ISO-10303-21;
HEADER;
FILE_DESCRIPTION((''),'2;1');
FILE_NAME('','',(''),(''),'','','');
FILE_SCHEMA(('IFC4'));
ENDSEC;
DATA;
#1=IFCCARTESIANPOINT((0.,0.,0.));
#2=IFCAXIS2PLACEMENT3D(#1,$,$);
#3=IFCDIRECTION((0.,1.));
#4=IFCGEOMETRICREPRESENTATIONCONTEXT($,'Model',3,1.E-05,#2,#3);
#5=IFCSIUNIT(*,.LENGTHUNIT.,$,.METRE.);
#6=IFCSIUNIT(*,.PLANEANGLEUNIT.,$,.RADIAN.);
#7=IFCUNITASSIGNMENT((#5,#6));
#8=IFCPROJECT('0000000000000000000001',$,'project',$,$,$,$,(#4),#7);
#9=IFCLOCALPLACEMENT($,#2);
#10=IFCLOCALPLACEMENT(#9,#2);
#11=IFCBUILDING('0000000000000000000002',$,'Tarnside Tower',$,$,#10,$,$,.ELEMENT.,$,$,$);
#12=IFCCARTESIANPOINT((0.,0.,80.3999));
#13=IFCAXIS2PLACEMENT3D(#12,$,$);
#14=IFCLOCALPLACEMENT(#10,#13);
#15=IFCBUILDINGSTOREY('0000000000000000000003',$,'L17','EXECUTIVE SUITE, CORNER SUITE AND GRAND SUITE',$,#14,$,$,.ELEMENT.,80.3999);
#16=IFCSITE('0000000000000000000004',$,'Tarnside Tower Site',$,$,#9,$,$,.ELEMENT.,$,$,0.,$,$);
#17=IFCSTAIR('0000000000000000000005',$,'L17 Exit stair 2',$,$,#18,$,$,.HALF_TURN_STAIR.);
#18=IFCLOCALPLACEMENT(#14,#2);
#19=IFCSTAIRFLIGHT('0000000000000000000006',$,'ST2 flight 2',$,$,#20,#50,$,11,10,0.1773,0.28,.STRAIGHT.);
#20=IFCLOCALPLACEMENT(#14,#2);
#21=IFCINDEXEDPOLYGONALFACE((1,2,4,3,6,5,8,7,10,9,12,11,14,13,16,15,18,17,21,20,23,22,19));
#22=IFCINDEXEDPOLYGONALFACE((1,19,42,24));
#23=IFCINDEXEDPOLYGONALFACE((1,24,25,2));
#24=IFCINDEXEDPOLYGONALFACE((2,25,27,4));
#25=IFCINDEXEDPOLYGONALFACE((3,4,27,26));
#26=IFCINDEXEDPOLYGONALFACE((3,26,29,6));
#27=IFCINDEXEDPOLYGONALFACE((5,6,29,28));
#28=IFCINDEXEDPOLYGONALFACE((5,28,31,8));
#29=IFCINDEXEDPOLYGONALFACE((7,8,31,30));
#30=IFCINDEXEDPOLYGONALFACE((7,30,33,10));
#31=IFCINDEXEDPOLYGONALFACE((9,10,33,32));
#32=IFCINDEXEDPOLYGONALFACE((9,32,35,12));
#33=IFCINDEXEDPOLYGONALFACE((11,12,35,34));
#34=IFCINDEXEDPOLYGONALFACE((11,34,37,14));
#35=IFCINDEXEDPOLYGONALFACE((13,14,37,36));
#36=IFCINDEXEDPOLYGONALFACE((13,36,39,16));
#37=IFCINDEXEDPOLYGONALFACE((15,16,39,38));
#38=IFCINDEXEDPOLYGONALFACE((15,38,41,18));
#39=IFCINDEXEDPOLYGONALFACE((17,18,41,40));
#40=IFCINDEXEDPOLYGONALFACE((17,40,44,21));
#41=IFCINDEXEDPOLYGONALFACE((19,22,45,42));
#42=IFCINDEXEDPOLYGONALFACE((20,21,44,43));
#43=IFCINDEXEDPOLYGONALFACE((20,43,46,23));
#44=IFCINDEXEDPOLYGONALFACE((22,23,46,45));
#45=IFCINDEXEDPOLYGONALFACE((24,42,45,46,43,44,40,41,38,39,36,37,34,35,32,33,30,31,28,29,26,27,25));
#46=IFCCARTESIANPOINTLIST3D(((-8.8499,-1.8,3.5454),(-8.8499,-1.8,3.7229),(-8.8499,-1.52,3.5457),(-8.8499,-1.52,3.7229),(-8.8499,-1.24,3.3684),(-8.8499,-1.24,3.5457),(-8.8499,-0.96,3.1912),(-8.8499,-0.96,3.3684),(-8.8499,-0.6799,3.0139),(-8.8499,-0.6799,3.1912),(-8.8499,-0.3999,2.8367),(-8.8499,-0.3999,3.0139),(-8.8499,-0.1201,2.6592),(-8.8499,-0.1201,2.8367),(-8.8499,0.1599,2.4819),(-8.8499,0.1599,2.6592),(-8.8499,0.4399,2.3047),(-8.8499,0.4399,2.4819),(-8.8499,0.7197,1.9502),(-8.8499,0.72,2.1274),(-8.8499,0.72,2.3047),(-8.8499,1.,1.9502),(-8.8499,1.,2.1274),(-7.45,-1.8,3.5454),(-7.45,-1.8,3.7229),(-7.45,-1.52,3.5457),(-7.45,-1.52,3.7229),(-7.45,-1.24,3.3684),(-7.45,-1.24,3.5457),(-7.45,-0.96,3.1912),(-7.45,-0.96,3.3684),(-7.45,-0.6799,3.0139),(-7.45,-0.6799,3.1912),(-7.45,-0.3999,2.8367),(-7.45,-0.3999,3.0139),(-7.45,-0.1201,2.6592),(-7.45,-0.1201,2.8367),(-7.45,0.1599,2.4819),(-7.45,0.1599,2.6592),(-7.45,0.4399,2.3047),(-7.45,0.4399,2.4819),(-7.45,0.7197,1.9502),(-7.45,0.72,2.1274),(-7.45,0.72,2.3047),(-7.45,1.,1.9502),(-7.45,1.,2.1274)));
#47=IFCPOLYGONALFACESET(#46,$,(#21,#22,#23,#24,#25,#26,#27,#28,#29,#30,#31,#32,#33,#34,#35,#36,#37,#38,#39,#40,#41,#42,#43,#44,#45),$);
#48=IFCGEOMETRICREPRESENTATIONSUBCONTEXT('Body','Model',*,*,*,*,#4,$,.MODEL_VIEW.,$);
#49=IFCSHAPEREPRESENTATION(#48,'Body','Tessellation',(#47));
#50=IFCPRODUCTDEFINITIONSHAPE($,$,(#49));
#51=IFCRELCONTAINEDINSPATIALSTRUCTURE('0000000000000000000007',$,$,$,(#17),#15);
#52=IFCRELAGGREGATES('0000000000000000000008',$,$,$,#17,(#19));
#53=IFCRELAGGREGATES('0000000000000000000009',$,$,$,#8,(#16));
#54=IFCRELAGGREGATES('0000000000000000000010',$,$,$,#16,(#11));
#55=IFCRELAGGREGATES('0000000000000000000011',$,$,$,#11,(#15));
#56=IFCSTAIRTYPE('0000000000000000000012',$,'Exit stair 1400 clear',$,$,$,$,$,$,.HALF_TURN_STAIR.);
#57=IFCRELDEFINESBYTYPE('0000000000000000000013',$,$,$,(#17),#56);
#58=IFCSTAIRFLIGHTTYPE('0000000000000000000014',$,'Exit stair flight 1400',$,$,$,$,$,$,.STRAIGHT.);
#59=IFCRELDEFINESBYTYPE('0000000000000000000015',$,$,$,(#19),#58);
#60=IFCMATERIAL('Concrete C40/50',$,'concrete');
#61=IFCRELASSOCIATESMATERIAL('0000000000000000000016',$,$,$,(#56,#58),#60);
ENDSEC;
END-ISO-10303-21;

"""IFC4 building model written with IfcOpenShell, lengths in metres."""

from ifc_helpers import new_model, si_unit, direction, frame, origin, place, context, subcontext, project, spatial, polyline, outline, extrude, material, type_object, element, aggregate, save


model = new_model("IFC4")

# Units and contexts
model_context = context("Model", 3, precision=1e-05, world=origin(), true_north=direction((0.0, 1.0)))
body_context = subcontext(model_context, "Body", "Model", "MODEL_VIEW")
ifc_project = project(units=[si_unit("LENGTHUNIT", "METRE"), si_unit("PLANEANGLEUNIT", "RADIAN")], contexts=[model_context])

# Site, building, storey
site_placement = place(None, origin())
site = spatial("IfcSite", under=ifc_project, at=site_placement, Name="Tarnside Tower Site", CompositionType="ELEMENT", RefElevation=0.0)
building_placement = place(site_placement, origin())
building = spatial("IfcBuilding", under=site, at=building_placement, Name="Tarnside Tower", CompositionType="ELEMENT")
storey_placement = place(building_placement, frame((0.0, 0.0, 80.3999)))
storey = spatial("IfcBuildingStorey", under=building, at=storey_placement, Name="L17", Description="EXECUTIVE SUITE, CORNER SUITE AND GRAND SUITE", CompositionType="ELEMENT", Elevation=80.3999)

# Shared definitions
ifc_material_1 = material(Name="Concrete C40/50", Category="concrete")

# Stair, stair flight
stair_type = type_object("IfcStairType", Name="Exit stair 1400 clear", PredefinedType="HALF_TURN_STAIR", material=ifc_material_1)
stair_placement = place(storey_placement, origin())
stair = element("IfcStair", 1, at=stair_placement, inside=storey, type_object=stair_type, Name="L17 Exit stair 2", PredefinedType="HALF_TURN_STAIR")
stair_flight_type = type_object("IfcStairFlightType", Name="Exit stair flight 1400", PredefinedType="STRAIGHT", material=ifc_material_1)
stair_flight_placement = place(storey_placement, frame((-8.1499, 1.0, 1.9502), z_axis=(0.0, 0.0, 1.0), x_axis=(0.0, -1.0, 0.0)))
stair_flight = element("IfcStairFlight", 2, at=stair_flight_placement, type_object=stair_flight_type, Name="ST2 flight 2", NumberOfRisers=11, NumberOfTreads=10, PredefinedType="STRAIGHT", RiserHeight=0.1773, TreadLength=0.28, context=body_context, shape_type="SweptSolid", body=[
    extrude(outline(polyline([(0.0, 0.0), (0.0, 0.1772), (0.28, 0.1772), (0.28, 0.3545), (0.5601, 0.3545), (0.5601, 0.5317), (0.8401, 0.5317), (0.8401, 0.709), (1.1201, 0.709), (1.1201, 0.8865), (1.3999, 0.8865), (1.3999, 1.0637), (1.6799, 1.0637), (1.6799, 1.241), (1.96, 1.241), (1.96, 1.4182), (2.24, 1.4182), (2.24, 1.5955), (2.52, 1.5955), (2.52, 1.7727), (2.8, 1.7727), (2.8, 1.95), (2.8, 1.5952), (0.2803, 0.0), (0.0, 0.0)])), frame((0.0, 0.7, 0.0), z_axis=(0.0, -1.0, 0.0), x_axis=(1.0, 0.0, 0.0)), (0.0, 0.0, 1.0), 1.3999),
])
aggregate(stair, [stair_flight])

save(model, "model.ifc")
